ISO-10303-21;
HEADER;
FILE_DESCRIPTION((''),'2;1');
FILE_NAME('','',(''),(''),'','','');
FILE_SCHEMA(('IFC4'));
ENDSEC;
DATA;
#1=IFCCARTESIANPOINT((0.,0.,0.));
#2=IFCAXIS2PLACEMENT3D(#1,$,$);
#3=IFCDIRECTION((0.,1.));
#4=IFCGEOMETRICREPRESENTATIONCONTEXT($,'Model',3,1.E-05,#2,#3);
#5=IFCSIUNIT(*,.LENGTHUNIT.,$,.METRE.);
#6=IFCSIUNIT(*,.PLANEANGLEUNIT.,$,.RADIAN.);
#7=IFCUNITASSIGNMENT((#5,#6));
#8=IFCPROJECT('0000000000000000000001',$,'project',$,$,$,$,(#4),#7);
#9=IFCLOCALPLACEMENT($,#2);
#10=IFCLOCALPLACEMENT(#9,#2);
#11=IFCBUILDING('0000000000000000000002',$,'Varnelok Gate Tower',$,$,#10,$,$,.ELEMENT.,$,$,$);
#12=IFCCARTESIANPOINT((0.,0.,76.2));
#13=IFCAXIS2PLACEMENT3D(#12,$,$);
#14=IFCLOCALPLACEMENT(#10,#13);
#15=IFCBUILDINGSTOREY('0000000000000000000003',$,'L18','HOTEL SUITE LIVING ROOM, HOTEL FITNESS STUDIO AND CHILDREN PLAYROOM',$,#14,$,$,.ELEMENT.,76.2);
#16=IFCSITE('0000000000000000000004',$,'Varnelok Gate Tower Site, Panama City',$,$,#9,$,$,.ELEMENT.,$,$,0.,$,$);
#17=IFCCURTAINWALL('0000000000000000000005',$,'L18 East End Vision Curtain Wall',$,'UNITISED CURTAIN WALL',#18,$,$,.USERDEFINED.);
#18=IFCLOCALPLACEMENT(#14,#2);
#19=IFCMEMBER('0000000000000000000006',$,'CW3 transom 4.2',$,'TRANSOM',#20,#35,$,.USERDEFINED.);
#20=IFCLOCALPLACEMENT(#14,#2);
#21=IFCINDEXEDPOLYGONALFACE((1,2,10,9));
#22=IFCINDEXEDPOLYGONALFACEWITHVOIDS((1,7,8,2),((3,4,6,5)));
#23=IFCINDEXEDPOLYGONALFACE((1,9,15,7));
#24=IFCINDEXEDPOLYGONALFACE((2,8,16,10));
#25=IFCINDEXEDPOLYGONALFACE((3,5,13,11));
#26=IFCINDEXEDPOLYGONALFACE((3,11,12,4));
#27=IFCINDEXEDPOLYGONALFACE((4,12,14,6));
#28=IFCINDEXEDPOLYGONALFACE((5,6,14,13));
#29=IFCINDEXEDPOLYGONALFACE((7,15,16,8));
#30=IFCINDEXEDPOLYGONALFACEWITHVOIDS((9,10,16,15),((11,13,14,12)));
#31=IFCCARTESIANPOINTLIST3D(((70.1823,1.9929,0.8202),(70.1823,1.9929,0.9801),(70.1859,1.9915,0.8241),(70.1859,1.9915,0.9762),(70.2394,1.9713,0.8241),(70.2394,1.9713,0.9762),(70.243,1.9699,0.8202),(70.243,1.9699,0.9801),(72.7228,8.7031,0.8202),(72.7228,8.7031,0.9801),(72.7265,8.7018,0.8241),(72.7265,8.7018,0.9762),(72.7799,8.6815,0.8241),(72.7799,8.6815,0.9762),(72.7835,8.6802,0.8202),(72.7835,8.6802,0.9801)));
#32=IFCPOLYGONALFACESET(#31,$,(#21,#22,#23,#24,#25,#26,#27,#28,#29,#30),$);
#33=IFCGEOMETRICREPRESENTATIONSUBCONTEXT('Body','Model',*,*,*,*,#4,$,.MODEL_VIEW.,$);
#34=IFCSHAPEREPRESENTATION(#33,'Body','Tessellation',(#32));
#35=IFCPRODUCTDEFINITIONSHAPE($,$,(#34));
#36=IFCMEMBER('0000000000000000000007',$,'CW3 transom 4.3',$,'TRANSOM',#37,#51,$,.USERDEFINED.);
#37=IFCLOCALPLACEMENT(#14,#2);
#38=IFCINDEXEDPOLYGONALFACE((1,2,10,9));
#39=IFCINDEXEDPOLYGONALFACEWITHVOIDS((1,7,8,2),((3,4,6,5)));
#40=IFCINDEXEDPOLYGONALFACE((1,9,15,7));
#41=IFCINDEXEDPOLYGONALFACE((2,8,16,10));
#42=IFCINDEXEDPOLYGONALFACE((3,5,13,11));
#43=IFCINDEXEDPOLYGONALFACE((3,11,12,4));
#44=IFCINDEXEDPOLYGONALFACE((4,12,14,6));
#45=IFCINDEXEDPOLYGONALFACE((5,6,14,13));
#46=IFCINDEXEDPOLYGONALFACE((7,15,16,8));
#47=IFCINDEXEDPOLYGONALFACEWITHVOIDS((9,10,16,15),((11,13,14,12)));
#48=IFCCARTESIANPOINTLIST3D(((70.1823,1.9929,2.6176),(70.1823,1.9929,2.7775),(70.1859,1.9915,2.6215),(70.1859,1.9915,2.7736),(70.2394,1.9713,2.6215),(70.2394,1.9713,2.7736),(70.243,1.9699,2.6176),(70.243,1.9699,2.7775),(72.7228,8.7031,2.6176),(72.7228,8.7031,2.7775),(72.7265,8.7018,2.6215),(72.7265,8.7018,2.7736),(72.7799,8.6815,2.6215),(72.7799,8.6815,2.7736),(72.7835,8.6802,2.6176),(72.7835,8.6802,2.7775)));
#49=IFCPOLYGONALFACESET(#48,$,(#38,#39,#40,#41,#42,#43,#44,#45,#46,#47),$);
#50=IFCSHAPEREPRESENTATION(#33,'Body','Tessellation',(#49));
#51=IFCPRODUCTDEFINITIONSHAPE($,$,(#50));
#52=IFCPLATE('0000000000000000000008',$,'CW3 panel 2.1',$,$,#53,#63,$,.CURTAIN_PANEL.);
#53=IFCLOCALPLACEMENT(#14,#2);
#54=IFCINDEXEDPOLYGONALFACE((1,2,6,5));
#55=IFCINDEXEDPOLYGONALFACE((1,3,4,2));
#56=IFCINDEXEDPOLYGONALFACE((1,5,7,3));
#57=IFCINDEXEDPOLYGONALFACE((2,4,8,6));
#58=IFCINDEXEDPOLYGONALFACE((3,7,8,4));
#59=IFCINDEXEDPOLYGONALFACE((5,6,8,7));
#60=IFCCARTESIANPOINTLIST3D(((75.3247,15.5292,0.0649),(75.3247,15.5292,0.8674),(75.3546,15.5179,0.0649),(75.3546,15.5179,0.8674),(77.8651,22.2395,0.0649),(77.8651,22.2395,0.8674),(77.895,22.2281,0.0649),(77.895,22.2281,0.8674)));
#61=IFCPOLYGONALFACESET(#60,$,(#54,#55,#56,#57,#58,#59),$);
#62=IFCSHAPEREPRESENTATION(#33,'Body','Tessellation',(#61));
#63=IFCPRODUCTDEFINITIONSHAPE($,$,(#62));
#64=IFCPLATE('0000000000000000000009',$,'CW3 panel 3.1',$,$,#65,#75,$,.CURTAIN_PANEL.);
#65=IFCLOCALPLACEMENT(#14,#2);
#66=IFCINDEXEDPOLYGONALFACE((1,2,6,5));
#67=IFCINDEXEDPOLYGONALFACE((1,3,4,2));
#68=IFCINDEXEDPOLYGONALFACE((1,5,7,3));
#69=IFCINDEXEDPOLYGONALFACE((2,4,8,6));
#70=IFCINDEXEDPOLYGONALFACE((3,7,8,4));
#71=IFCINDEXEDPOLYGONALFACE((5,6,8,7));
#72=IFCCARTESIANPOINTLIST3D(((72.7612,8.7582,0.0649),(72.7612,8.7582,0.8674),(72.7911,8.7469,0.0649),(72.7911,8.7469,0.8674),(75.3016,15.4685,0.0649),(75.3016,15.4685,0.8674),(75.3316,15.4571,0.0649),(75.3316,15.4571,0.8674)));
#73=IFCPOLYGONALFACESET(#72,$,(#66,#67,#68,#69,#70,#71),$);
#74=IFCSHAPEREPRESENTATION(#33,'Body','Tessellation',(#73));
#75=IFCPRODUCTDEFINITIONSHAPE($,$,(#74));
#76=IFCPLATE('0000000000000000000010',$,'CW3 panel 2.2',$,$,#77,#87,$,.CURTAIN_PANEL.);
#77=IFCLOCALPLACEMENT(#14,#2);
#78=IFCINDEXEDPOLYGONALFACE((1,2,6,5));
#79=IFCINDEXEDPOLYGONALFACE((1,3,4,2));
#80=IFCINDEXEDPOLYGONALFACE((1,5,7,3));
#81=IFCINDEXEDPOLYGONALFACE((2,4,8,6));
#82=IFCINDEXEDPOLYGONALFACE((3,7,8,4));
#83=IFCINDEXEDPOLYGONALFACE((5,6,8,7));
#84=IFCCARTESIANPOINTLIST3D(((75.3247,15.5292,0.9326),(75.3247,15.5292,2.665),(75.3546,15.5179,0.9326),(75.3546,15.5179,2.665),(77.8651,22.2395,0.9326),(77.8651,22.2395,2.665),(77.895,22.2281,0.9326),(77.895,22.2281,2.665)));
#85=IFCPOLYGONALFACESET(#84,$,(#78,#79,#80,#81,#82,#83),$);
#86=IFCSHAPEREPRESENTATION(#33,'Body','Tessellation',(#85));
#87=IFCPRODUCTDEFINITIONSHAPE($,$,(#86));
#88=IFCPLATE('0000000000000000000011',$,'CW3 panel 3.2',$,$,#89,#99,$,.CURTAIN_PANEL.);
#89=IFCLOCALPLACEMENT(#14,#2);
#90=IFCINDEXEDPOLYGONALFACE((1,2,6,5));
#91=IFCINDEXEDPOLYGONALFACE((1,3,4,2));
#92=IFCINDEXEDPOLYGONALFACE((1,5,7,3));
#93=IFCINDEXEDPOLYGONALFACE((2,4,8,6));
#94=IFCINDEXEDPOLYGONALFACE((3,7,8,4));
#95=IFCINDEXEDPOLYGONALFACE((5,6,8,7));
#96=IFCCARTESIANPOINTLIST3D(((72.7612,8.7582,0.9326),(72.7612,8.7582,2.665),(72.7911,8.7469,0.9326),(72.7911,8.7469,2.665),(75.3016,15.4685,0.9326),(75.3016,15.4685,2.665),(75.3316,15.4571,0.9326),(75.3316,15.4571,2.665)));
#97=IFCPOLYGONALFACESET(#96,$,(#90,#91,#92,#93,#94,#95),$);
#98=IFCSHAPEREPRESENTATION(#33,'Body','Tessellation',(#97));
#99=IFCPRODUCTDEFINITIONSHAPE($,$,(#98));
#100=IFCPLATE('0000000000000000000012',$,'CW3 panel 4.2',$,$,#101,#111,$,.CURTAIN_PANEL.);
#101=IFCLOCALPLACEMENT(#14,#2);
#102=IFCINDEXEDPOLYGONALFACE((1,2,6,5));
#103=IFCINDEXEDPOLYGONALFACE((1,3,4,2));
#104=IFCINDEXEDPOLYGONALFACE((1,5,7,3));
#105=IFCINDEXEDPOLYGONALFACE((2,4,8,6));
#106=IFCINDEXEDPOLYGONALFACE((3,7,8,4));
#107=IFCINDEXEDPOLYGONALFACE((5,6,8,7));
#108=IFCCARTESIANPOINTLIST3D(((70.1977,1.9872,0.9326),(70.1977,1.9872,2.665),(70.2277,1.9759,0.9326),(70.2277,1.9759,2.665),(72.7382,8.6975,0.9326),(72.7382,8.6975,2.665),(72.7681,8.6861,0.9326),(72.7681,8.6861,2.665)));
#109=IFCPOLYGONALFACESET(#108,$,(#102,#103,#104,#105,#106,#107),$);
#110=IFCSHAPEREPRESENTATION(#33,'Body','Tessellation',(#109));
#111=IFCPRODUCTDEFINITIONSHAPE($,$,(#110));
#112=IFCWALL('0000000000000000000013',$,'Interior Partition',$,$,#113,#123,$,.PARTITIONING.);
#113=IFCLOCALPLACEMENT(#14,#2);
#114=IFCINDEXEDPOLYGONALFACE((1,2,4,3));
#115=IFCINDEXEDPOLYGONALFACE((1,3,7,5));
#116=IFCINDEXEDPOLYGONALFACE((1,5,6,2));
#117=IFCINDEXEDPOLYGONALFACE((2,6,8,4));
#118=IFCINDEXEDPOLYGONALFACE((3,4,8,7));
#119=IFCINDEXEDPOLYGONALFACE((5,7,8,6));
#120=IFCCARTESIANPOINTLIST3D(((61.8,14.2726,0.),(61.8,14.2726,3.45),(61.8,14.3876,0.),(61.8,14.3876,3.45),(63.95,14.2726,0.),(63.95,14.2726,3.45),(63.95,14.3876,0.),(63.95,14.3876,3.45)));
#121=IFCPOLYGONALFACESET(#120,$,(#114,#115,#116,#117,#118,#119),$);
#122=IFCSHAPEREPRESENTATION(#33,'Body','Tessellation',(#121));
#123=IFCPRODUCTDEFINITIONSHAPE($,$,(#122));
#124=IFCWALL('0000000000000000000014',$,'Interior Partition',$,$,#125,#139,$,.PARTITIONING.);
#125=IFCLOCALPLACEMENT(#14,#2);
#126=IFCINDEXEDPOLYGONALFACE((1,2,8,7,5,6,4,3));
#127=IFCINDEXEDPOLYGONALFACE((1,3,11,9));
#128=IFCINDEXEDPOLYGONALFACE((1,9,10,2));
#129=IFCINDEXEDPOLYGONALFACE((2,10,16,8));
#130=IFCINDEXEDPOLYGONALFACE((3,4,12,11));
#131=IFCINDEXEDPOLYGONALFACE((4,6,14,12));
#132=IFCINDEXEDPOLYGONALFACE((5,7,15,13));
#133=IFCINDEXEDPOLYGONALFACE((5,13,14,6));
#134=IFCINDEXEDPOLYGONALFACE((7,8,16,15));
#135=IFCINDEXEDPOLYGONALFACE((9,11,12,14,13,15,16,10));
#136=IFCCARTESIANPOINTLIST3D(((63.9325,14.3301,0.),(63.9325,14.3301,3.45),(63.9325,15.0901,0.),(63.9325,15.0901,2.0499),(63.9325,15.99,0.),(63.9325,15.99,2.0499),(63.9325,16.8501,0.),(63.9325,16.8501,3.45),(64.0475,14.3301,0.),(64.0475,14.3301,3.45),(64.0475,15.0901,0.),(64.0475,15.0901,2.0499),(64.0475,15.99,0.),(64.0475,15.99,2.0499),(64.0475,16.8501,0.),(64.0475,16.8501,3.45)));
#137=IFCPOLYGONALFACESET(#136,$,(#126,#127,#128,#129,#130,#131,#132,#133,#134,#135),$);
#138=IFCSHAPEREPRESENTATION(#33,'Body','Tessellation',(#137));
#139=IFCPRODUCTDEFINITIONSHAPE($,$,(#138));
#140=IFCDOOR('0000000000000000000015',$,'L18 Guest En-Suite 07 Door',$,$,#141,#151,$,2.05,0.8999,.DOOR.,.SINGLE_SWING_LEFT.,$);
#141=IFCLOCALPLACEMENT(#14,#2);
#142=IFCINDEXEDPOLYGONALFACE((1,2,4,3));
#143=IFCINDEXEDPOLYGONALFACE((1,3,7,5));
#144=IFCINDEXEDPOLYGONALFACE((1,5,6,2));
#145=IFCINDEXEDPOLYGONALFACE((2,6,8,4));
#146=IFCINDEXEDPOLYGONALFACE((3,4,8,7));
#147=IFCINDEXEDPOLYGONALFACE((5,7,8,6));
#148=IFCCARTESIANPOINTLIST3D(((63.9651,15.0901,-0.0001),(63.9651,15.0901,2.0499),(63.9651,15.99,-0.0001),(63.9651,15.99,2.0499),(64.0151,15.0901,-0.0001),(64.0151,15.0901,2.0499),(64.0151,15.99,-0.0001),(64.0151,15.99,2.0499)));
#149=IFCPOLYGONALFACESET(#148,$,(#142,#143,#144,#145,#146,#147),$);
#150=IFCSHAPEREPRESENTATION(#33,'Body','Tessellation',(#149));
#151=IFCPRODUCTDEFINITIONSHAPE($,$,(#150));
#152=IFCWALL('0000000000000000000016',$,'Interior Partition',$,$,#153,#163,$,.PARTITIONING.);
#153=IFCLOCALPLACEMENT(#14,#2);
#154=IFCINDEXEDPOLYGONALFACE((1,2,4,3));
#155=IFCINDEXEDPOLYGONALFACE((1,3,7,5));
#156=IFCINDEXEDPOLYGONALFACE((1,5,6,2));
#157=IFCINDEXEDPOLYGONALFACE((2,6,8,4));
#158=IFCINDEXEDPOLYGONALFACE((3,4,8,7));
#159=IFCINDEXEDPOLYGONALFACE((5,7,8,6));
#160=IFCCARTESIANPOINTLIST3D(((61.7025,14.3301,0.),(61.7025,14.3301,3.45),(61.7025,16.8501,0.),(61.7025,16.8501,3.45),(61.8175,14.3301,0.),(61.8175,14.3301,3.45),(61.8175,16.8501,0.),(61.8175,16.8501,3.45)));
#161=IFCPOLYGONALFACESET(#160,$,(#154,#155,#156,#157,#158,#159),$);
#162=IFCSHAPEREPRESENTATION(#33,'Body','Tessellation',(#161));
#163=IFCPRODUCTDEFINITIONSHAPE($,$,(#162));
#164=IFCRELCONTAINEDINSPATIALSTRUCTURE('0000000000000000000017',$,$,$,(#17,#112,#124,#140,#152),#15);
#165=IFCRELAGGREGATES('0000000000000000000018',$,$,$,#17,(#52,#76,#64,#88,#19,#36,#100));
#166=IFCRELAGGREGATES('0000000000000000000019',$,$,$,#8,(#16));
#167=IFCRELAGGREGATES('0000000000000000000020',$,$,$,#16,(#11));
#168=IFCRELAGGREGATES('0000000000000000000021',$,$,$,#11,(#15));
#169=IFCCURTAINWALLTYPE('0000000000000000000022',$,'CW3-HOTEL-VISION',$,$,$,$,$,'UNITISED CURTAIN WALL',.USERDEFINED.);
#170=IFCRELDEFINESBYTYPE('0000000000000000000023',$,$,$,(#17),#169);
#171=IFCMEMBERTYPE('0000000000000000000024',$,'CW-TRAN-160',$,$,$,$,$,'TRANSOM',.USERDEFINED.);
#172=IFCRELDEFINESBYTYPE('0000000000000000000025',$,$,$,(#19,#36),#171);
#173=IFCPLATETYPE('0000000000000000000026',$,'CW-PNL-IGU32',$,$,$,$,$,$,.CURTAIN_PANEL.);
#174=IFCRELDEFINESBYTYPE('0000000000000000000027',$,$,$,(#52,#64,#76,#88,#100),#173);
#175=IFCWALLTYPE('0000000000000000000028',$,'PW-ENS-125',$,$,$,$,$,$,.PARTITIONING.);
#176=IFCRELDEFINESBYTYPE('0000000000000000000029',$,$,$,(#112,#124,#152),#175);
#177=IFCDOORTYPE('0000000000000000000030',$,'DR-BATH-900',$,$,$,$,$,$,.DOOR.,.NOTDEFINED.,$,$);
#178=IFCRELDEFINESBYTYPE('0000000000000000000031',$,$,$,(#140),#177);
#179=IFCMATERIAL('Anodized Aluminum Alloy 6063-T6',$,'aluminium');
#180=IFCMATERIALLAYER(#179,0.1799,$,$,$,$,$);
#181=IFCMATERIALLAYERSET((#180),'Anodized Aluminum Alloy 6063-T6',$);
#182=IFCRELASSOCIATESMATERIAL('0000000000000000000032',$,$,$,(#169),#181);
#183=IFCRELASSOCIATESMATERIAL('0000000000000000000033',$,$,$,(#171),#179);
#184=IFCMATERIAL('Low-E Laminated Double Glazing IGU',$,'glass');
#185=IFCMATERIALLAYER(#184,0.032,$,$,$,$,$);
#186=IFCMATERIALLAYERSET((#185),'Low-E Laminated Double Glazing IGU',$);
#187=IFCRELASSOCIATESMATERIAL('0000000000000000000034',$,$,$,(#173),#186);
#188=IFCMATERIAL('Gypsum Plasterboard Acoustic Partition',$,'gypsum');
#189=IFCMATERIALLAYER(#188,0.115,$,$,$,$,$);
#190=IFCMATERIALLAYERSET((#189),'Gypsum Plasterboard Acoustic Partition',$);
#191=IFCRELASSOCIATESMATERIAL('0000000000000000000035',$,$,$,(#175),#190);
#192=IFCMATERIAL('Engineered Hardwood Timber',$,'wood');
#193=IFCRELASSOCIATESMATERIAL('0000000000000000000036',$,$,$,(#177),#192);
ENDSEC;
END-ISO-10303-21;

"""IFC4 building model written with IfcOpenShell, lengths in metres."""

from ifc_helpers import new_model, si_unit, direction, frame, frame_2d, origin, origin_2d, place, context, subcontext, project, spatial, rectangle, hollow_rectangle, extrude, source, transform, mapped, material, layer, layer_set, material_profile, profile_set, type_object, element, fill, aggregate, save


model = new_model("IFC4")

# Units and contexts
model_context = context("Model", 3, precision=1e-05, world=origin(), true_north=direction((0.0, 1.0)))
body_context = subcontext(model_context, "Body", "Model", "MODEL_VIEW")
ifc_project = project(units=[si_unit("LENGTHUNIT", "METRE"), si_unit("PLANEANGLEUNIT", "RADIAN")], contexts=[model_context])

# Site, building, storey
site_placement = place(None, origin())
site = spatial("IfcSite", under=ifc_project, at=site_placement, Name="Varnelok Gate Tower Site, Panama City", CompositionType="ELEMENT", RefElevation=0.0)
building_placement = place(site_placement, origin())
building = spatial("IfcBuilding", under=site, at=building_placement, Name="Varnelok Gate Tower", CompositionType="ELEMENT")
storey_placement = place(building_placement, frame((0.0, 0.0, 76.2)))
storey = spatial("IfcBuildingStorey", under=building, at=storey_placement, Name="L18", Description="HOTEL SUITE LIVING ROOM, HOTEL FITNESS STUDIO AND CHILDREN PLAYROOM", CompositionType="ELEMENT", Elevation=76.2)

# Curtain wall, members, plates
ifc_material_1 = material(Name="Anodized Aluminum Alloy 6063-T6", Category="aluminium")
ifc_layer_1 = layer(ifc_material_1, 0.1799)
ifc_layer_set_1 = layer_set([ifc_layer_1], Name="Anodized Aluminum Alloy 6063-T6")
curtain_wall_type = type_object("IfcCurtainWallType", Name="CW3-HOTEL-VISION", ElementType="UNITISED CURTAIN WALL", PredefinedType="USERDEFINED", material=ifc_layer_set_1)
curtain_wall_placement = place(storey_placement, origin())
curtain_wall = element("IfcCurtainWall", 1, at=curtain_wall_placement, inside=storey, type_object=curtain_wall_type, Name="L18 East End Vision Curtain Wall", ObjectType="UNITISED CURTAIN WALL", PredefinedType="USERDEFINED")
ifc_material_profile_1 = material_profile(ifc_material_1, hollow_rectangle(XDim=0.0649, YDim=0.1599, WallThickness=0.0039, at=origin_2d()), Name="ALU160X65X4")
ifc_profile_set_1 = profile_set([ifc_material_profile_1], Name="Anodized Aluminum Alloy 6063-T6")
member_type_1 = type_object("IfcMemberType", Name="CW-TRAN-160", ElementType="TRANSOM", PredefinedType="USERDEFINED", material=ifc_profile_set_1)
member_1_placement = place(storey_placement, frame((72.7532, 8.6917, 0.9001), z_axis=(-0.354079, -0.935216, 0.0), x_axis=(0.935216, -0.354079, 0.0)))
member_1 = element("IfcMember", 2, at=member_1_placement, type_object=member_type_1, Name="CW3 transom 4.2", ObjectType="TRANSOM", PredefinedType="USERDEFINED", context=body_context, shape_type="SweptSolid", body=[
    extrude(hollow_rectangle(XDim=0.0649, YDim=0.1599, WallThickness=0.0039, at=origin_2d()), origin(), (0.0, 0.0, 1.0), 7.175),
])
member_2_placement = place(storey_placement, frame((72.7532, 8.6917, 2.6975), z_axis=(-0.354079, -0.935216, 0.0), x_axis=(0.935216, -0.354079, 0.0)))
member_2 = element("IfcMember", 3, at=member_2_placement, type_object=member_type_1, Name="CW3 transom 4.3", ObjectType="TRANSOM", PredefinedType="USERDEFINED", context=body_context, shape_type="SweptSolid", body=[
    extrude(hollow_rectangle(XDim=0.0649, YDim=0.1599, WallThickness=0.0039, at=origin_2d()), origin(), (0.0, 0.0, 1.0), 7.175),
])
ifc_material_2 = material(Name="Low-E Laminated Double Glazing IGU", Category="glass")
ifc_layer_2 = layer(ifc_material_2, 0.032)
ifc_layer_set_2 = layer_set([ifc_layer_2], Name="Low-E Laminated Double Glazing IGU")
plate_type = type_object("IfcPlateType", Name="CW-PNL-IGU32", PredefinedType="CURTAIN_PANEL", material=ifc_layer_set_2)
shared_shape_1 = source(origin(), body_context, "Body", "SweptSolid", [
    extrude(rectangle(XDim=7.175, YDim=0.032, at=origin_2d()), origin(), (0.0, 0.0, 1.0), 0.8025),
])
plate_1_placement = place(storey_placement, frame((76.6099, 18.8787, 0.0649), z_axis=(0.0, 0.0, 1.0), x_axis=(-0.354064, -0.935221, 0.0)))
plate_1 = element("IfcPlate", 4, at=plate_1_placement, type_object=plate_type, Name="CW3 panel 2.1", PredefinedType="CURTAIN_PANEL", context=body_context, shape_type="MappedRepresentation", body=[
    mapped(shared_shape_1, transform((0.0, 0.0, 0.0), scale=1.0)),
])
plate_2_placement = place(storey_placement, frame((74.0464, 12.1077, 0.0649), z_axis=(0.0, 0.0, 1.0), x_axis=(-0.354064, -0.935221, 0.0)))
plate_2 = element("IfcPlate", 5, at=plate_2_placement, type_object=plate_type, Name="CW3 panel 3.1", PredefinedType="CURTAIN_PANEL", context=body_context, shape_type="MappedRepresentation", body=[
    mapped(shared_shape_1, transform((0.0, 0.0, 0.0), scale=1.0)),
])
shared_shape_2 = source(origin(), body_context, "Body", "SweptSolid", [
    extrude(rectangle(XDim=7.175, YDim=0.032, at=origin_2d()), origin(), (0.0, 0.0, 1.0), 1.7324),
])
plate_3_placement = place(storey_placement, frame((76.6099, 18.8787, 0.9326), z_axis=(0.0, 0.0, 1.0), x_axis=(-0.354064, -0.935221, 0.0)))
plate_3 = element("IfcPlate", 6, at=plate_3_placement, type_object=plate_type, Name="CW3 panel 2.2", PredefinedType="CURTAIN_PANEL", context=body_context, shape_type="MappedRepresentation", body=[
    mapped(shared_shape_2, transform((0.0, 0.0, 0.0), scale=1.0)),
])
plate_4_placement = place(storey_placement, frame((74.0464, 12.1077, 0.9326), z_axis=(0.0, 0.0, 1.0), x_axis=(-0.354064, -0.935221, 0.0)))
plate_4 = element("IfcPlate", 7, at=plate_4_placement, type_object=plate_type, Name="CW3 panel 3.2", PredefinedType="CURTAIN_PANEL", context=body_context, shape_type="MappedRepresentation", body=[
    mapped(shared_shape_2, transform((0.0, 0.0, 0.0), scale=1.0)),
])
plate_5_placement = place(storey_placement, frame((71.4829, 5.3367, 0.9326), z_axis=(0.0, 0.0, 1.0), x_axis=(-0.354064, -0.935221, 0.0)))
plate_5 = element("IfcPlate", 8, at=plate_5_placement, type_object=plate_type, Name="CW3 panel 4.2", PredefinedType="CURTAIN_PANEL", context=body_context, shape_type="MappedRepresentation", body=[
    mapped(shared_shape_2, transform((0.0, 0.0, 0.0), scale=1.0)),
])
aggregate(curtain_wall, [plate_1, plate_3, plate_2, plate_4, member_1, member_2, plate_5])

# Wall
ifc_material_3 = material(Name="Gypsum Plasterboard Acoustic Partition", Category="gypsum")
ifc_layer_3 = layer(ifc_material_3, 0.115)
ifc_layer_set_3 = layer_set([ifc_layer_3], Name="Gypsum Plasterboard Acoustic Partition")
wall_type = type_object("IfcWallType", Name="PW-ENS-125", PredefinedType="PARTITIONING", material=ifc_layer_set_3)
wall_1_placement = place(storey_placement, frame((61.8, 14.3301, 0.0), z_axis=(0.0, 0.0, 1.0), x_axis=(1.0, 0.0, 0.0)))
element("IfcWall", 9, at=wall_1_placement, inside=storey, type_object=wall_type, Name="Interior Partition", PredefinedType="PARTITIONING", context=body_context, shape_type="SweptSolid", body=[
    extrude(rectangle(XDim=2.1499, YDim=0.115, at=frame_2d((1.075, 0.0))), origin(), (0.0, 0.0, 1.0), 3.45),
])

# Wall, opening, door
wall_2_placement = place(storey_placement, frame((63.99, 14.3301, 0.0), z_axis=(0.0, 0.0, 1.0), x_axis=(0.0, 1.0, 0.0)))
wall_2 = element("IfcWall", 10, at=wall_2_placement, inside=storey, type_object=wall_type, Name="Interior Partition", PredefinedType="PARTITIONING", context=body_context, shape_type="SweptSolid", body=[
    extrude(rectangle(XDim=2.52, YDim=0.115, at=frame_2d((1.26, 0.0))), origin(), (0.0, 0.0, 1.0), 3.45),
])
opening_placement = place(wall_2_placement, frame((0.76, 0.0, 0.0)))
opening = element("IfcOpeningElement", 11, at=opening_placement, cuts=wall_2, PredefinedType="OPENING", context=body_context, shape_type="SweptSolid", body=[
    extrude(rectangle(XDim=0.8999, YDim=2.05, at=frame_2d((0.45, 1.0249))), frame((0.0, 0.0674, 0.0), z_axis=(0.0, -1.0, 0.0), x_axis=(1.0, 0.0, 0.0)), (0.0, 0.0, 1.0), 0.135),
])
ifc_material_4 = material(Name="Engineered Hardwood Timber", Category="wood")
door_type = type_object("IfcDoorType", Name="DR-BATH-900", OperationType="NOTDEFINED", PredefinedType="DOOR", material=ifc_material_4)
door_placement = place(opening_placement, origin())
door = element("IfcDoor", 12, at=door_placement, inside=storey, type_object=door_type, Name="L18 Guest En-Suite 07 Door", OperationType="SINGLE_SWING_LEFT", OverallHeight=2.05, OverallWidth=0.8999, PredefinedType="DOOR", context=body_context, shape_type="SweptSolid", body=[
    extrude(rectangle(XDim=0.8999, YDim=2.05, at=frame_2d((0.45, 1.0249))), frame((0.0, 0.0249, 0.0), z_axis=(0.0, -1.0, 0.0), x_axis=(1.0, 0.0, 0.0)), (0.0, 0.0, 1.0), 0.05),
])
fill(opening, door)

# Wall
wall_3_placement = place(storey_placement, frame((61.76, 14.3301, 0.0), z_axis=(0.0, 0.0, 1.0), x_axis=(0.0, 1.0, 0.0)))
element("IfcWall", 13, at=wall_3_placement, inside=storey, type_object=wall_type, Name="Interior Partition", PredefinedType="PARTITIONING", context=body_context, shape_type="SweptSolid", body=[
    extrude(rectangle(XDim=2.52, YDim=0.115, at=frame_2d((1.26, 0.0))), origin(), (0.0, 0.0, 1.0), 3.45),
])

save(model, "model.ifc")
